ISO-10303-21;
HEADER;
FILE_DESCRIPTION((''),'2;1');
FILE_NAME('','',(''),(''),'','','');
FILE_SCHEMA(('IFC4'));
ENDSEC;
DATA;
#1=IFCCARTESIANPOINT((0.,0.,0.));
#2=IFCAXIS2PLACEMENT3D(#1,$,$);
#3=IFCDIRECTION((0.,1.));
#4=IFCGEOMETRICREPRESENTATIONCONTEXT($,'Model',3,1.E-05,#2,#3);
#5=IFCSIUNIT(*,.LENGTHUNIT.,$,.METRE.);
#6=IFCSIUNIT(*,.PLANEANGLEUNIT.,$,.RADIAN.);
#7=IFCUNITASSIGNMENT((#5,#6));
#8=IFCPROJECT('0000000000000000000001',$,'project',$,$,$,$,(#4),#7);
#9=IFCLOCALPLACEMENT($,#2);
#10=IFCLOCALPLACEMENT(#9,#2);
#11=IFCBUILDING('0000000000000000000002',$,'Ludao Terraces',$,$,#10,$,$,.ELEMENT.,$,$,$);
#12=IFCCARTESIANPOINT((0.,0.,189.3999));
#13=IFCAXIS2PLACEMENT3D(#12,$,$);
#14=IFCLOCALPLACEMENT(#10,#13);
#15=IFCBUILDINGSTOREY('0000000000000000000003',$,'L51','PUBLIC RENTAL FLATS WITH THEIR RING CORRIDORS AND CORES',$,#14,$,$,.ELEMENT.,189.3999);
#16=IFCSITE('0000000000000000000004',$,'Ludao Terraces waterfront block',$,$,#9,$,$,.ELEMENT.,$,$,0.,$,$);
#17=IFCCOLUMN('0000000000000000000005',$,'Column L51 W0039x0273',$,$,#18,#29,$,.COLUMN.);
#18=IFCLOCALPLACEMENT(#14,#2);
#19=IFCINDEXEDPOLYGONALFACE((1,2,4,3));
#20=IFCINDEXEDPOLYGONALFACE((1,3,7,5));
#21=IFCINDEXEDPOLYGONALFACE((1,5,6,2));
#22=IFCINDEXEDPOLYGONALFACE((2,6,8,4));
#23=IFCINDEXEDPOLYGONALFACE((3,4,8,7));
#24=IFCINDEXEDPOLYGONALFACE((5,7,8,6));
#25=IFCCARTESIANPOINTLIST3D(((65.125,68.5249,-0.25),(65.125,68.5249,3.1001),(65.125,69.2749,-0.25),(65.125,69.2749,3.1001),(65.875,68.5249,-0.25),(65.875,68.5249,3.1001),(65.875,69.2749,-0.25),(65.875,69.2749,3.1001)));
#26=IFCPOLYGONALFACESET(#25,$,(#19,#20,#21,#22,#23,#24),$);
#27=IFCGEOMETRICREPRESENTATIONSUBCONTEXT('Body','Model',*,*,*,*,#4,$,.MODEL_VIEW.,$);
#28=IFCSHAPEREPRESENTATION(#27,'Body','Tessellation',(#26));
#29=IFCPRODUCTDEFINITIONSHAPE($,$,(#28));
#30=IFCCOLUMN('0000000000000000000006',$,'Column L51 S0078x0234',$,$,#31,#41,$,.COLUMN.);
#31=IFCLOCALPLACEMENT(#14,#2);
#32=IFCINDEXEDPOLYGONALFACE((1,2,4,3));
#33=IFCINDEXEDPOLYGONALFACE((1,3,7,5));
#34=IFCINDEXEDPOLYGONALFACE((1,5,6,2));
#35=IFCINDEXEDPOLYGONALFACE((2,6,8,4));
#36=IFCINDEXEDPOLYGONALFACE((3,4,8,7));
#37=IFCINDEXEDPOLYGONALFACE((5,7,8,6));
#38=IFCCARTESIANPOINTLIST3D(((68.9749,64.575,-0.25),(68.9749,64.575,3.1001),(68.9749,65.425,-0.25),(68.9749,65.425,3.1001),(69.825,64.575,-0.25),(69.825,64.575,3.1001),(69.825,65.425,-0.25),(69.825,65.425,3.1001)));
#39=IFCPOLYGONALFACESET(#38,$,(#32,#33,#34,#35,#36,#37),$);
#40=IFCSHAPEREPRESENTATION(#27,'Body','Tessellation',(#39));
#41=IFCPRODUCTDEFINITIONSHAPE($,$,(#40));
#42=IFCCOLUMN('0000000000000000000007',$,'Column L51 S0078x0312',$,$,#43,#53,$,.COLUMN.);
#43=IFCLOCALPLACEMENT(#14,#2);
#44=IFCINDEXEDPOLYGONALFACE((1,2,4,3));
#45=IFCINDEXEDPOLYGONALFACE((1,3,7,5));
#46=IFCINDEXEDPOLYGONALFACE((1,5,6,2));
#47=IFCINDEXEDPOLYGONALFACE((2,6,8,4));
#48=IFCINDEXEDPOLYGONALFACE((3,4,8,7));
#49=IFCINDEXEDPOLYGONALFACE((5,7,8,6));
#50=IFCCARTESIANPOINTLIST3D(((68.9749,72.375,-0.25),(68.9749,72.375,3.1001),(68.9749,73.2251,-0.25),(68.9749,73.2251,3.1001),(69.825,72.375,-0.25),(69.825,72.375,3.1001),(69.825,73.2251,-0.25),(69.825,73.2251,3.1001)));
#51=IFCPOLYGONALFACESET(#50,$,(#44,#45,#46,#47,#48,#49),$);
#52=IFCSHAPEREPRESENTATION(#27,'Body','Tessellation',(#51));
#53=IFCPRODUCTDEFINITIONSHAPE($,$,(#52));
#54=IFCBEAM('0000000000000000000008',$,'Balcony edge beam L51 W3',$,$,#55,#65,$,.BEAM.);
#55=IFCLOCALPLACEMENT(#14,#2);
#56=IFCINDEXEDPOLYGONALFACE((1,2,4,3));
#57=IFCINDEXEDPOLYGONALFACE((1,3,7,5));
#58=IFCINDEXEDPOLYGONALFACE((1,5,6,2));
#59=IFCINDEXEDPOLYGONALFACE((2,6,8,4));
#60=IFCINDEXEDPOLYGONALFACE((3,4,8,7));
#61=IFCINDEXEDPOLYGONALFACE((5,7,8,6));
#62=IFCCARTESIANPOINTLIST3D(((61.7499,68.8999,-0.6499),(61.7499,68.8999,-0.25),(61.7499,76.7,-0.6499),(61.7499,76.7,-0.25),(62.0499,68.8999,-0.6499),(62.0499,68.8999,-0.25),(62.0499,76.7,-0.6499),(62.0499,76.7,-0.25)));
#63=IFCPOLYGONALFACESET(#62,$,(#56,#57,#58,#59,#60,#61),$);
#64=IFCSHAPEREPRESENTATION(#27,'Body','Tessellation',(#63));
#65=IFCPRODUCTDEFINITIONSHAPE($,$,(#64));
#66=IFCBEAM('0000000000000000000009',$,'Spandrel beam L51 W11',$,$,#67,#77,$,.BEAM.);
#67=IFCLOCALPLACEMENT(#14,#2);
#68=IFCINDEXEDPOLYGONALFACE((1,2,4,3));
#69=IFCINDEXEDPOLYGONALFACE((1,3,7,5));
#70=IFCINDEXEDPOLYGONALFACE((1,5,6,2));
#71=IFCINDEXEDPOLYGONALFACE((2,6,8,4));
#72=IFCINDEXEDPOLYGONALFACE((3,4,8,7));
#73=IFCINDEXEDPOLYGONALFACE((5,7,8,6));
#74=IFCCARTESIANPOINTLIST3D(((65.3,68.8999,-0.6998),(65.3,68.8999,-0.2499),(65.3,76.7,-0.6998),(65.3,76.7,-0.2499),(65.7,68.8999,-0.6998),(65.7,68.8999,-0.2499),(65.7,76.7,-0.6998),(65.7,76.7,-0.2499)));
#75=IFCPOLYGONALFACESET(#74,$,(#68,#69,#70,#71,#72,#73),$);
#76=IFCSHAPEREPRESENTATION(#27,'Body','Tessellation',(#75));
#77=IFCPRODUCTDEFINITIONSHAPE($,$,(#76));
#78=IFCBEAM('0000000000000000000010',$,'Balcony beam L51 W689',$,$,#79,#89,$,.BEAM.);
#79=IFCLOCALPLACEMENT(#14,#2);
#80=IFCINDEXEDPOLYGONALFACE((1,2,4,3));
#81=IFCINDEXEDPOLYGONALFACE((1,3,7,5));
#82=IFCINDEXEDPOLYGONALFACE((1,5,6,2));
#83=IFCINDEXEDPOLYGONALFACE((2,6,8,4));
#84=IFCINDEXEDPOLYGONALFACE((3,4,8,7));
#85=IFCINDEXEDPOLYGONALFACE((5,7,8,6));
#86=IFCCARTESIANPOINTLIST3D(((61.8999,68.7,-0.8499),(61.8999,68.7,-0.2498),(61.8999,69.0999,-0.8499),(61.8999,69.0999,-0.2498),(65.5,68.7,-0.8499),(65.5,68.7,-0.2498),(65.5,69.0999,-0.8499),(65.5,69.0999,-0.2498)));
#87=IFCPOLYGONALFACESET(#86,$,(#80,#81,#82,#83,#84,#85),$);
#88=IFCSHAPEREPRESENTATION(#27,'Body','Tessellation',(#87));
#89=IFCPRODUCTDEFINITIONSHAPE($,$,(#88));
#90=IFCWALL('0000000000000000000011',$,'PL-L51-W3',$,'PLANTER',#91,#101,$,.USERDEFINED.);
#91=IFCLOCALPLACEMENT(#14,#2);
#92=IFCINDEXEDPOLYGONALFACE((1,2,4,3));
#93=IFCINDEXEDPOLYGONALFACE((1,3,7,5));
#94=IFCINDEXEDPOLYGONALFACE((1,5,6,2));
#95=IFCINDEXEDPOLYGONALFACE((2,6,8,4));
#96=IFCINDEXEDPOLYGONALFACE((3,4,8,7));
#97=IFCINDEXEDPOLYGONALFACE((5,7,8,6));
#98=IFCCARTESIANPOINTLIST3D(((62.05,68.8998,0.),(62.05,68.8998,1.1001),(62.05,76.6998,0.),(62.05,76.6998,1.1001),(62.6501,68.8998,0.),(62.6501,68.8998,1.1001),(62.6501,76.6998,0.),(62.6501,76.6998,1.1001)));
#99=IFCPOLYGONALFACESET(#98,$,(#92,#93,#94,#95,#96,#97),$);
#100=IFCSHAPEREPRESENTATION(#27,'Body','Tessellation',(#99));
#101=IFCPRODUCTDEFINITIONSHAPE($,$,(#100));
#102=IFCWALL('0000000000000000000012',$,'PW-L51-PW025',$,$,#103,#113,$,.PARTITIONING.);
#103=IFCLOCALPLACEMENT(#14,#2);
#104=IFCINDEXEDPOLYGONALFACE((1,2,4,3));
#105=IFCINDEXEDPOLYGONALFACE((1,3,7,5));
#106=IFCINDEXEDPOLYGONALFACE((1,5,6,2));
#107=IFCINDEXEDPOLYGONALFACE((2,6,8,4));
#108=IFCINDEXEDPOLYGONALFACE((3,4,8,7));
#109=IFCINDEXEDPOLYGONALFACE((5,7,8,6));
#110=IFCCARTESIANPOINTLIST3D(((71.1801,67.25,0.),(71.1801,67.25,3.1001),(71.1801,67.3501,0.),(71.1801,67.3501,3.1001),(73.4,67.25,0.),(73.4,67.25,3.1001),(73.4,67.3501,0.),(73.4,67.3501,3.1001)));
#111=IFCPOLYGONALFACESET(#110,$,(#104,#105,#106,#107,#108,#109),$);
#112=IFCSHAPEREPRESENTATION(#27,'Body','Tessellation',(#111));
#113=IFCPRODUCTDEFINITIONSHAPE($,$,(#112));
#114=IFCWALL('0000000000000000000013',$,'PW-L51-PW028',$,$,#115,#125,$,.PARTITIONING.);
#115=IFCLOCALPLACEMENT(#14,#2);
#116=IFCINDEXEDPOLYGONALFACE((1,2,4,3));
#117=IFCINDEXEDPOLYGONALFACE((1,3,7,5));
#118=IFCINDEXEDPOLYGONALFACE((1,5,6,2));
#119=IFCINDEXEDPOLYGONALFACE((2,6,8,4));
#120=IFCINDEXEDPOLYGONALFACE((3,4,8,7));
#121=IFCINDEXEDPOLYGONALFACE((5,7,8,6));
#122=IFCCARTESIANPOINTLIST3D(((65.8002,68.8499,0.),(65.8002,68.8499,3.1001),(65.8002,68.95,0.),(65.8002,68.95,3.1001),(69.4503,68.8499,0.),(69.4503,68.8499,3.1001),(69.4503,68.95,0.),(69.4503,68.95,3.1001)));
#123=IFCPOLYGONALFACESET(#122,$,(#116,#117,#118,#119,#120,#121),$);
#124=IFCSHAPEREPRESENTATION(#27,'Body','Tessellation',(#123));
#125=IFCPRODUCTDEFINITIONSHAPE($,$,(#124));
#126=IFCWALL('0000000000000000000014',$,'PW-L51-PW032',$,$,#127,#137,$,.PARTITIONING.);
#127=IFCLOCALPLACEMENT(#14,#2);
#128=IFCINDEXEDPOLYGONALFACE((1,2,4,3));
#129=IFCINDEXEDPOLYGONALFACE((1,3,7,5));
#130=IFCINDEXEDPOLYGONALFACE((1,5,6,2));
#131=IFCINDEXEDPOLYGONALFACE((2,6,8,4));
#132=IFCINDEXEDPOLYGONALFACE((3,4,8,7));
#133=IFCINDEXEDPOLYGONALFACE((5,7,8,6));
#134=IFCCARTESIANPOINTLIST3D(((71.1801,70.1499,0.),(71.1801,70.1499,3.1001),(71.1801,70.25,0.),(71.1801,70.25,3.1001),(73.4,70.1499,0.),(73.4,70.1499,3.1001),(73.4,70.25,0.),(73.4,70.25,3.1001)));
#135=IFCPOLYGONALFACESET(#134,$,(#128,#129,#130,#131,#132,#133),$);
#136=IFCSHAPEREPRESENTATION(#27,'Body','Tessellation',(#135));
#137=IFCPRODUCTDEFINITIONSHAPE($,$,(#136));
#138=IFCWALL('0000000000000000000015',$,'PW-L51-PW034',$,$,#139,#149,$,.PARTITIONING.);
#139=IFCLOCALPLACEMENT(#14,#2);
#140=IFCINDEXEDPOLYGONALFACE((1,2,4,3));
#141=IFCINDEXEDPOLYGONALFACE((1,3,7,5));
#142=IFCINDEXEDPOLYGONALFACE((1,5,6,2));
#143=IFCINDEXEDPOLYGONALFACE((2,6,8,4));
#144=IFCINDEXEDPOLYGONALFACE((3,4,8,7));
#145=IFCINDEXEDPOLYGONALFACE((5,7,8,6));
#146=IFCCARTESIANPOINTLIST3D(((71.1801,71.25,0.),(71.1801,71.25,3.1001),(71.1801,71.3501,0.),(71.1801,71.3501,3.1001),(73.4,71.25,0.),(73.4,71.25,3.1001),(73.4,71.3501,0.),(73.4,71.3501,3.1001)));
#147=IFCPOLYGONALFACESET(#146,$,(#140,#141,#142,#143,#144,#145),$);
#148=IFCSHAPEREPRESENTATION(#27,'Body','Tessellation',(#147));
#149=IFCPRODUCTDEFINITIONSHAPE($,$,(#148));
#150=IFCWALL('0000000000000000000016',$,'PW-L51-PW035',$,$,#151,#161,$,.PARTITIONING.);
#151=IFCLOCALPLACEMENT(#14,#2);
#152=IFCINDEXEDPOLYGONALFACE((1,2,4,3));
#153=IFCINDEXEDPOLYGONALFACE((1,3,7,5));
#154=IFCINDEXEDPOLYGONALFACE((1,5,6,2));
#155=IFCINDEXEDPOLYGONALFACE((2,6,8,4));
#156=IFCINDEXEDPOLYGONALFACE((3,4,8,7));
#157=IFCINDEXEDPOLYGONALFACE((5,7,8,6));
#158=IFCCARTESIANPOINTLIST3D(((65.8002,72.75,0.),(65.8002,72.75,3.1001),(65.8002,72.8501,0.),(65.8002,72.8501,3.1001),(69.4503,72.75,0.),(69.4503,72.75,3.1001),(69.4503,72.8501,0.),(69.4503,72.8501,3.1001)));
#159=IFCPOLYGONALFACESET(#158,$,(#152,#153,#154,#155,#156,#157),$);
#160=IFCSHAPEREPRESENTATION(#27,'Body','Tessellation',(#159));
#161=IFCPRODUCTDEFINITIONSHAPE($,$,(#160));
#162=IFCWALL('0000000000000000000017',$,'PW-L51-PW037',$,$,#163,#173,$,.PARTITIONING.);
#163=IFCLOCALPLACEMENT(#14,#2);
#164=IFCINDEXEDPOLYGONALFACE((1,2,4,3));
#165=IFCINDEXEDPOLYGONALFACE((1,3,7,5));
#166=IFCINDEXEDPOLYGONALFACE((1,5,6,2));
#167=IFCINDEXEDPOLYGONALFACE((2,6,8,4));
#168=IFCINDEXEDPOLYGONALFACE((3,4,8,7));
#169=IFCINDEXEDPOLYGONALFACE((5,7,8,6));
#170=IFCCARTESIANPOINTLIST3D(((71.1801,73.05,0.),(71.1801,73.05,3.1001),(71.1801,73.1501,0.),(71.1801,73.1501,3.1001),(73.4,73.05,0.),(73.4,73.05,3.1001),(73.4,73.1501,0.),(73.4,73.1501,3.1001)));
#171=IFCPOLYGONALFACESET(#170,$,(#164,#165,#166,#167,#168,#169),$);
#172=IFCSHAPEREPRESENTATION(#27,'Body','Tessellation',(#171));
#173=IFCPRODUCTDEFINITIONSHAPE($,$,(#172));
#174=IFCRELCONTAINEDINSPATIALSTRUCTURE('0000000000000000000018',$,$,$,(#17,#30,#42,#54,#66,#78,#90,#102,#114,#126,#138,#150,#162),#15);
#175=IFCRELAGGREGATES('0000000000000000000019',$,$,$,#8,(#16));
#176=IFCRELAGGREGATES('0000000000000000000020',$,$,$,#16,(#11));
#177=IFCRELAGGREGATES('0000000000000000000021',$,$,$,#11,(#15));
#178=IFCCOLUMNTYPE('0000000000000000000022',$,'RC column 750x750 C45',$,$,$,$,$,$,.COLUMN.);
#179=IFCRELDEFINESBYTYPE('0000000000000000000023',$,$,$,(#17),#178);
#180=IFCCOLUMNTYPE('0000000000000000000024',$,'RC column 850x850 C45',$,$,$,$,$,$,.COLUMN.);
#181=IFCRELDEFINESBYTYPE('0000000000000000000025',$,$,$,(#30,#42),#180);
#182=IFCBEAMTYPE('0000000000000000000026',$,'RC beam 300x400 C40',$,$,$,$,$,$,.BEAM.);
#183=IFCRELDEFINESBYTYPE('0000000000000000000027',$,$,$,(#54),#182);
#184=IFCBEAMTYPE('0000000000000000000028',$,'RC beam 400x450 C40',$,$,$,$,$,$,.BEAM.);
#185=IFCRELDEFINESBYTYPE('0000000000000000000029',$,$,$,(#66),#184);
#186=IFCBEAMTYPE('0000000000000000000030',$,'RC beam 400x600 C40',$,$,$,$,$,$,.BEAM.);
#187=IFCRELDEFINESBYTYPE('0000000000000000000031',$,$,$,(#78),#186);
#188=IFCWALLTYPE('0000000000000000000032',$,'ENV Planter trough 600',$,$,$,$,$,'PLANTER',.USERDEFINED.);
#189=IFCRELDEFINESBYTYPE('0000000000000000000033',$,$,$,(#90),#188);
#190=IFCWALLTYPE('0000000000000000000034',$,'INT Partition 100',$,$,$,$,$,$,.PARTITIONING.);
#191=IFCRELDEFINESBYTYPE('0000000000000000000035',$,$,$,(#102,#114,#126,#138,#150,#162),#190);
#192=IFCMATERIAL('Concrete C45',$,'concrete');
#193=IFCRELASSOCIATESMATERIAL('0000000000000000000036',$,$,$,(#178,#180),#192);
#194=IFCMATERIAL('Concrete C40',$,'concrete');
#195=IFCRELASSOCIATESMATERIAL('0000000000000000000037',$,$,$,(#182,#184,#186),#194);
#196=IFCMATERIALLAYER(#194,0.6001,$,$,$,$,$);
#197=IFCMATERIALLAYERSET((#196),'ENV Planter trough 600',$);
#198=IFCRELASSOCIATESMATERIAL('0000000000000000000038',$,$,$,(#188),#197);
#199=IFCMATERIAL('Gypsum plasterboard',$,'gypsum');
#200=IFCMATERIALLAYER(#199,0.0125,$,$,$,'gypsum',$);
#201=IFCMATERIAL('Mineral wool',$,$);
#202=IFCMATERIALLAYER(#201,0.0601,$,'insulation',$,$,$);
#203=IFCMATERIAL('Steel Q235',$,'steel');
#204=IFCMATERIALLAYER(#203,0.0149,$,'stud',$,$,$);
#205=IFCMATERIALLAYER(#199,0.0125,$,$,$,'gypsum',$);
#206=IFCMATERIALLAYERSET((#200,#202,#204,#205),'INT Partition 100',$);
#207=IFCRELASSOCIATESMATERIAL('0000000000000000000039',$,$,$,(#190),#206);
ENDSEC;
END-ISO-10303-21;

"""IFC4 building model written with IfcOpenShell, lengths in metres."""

from ifc_helpers import new_model, si_unit, direction, frame, frame_2d, origin, origin_2d, place, context, subcontext, project, spatial, rectangle, extrude, material, layer, layer_set, material_profile, profile_set, type_object, element, save


model = new_model("IFC4")

# Units and contexts
model_context = context("Model", 3, precision=1e-05, world=origin(), true_north=direction((0.0, 1.0)))
body_context = subcontext(model_context, "Body", "Model", "MODEL_VIEW")
ifc_project = project(units=[si_unit("LENGTHUNIT", "METRE"), si_unit("PLANEANGLEUNIT", "RADIAN")], contexts=[model_context])

# Site, building, storey
site_placement = place(None, origin())
site = spatial("IfcSite", under=ifc_project, at=site_placement, Name="Ludao Terraces waterfront block", CompositionType="ELEMENT", RefElevation=0.0)
building_placement = place(site_placement, origin())
building = spatial("IfcBuilding", under=site, at=building_placement, Name="Ludao Terraces", CompositionType="ELEMENT")
storey_placement = place(building_placement, frame((0.0, 0.0, 189.3999)))
storey = spatial("IfcBuildingStorey", under=building, at=storey_placement, Name="L51", Description="PUBLIC RENTAL FLATS WITH THEIR RING CORRIDORS AND CORES", CompositionType="ELEMENT", Elevation=189.3999)

# Columns
ifc_material_1 = material(Name="Concrete C45", Category="concrete")
ifc_material_profile_1 = material_profile(ifc_material_1, rectangle(XDim=0.75, YDim=0.75, at=origin_2d()), Name="750 X 750")
ifc_profile_set_1 = profile_set([ifc_material_profile_1], Name="Concrete C45")
column_type_1 = type_object("IfcColumnType", Name="RC column 750x750 C45", PredefinedType="COLUMN", material=ifc_profile_set_1)
column_placement = place(storey_placement, frame((65.5, 68.8999, -0.25), z_axis=(0.0, 0.0, 1.0), x_axis=(1.0, 0.0, 0.0)))
element("IfcColumn", 1, at=column_placement, inside=storey, type_object=column_type_1, Name="Column L51 W0039x0273", PredefinedType="COLUMN", context=body_context, shape_type="SweptSolid", body=[
    extrude(rectangle(XDim=0.75, YDim=0.75, at=origin_2d()), origin(), (0.0, 0.0, 1.0), 3.3501),
])
ifc_material_profile_2 = material_profile(ifc_material_1, rectangle(XDim=0.8501, YDim=0.8501, at=origin_2d()), Name="850 X 850")
ifc_profile_set_2 = profile_set([ifc_material_profile_2], Name="Concrete C45")
column_type_2 = type_object("IfcColumnType", Name="RC column 850x850 C45", PredefinedType="COLUMN", material=ifc_profile_set_2)
for number, where, z_axis, x_axis, name in (
    (2, (69.3999, 65.0, -0.25), (0.0, 0.0, 1.0), (1.0, 0.0, 0.0), "Column L51 S0078x0234"),
    (3, (69.3999, 72.8, -0.25), (0.0, 0.0, 1.0), (1.0, 0.0, 0.0), "Column L51 S0078x0312"),
):
    element("IfcColumn", number, at=place(storey_placement, frame(where, z_axis=z_axis, x_axis=x_axis)), inside=storey, type_object=column_type_2, Name=name, PredefinedType="COLUMN", context=body_context, shape_type="SweptSolid", body=[
        extrude(rectangle(XDim=0.8501, YDim=0.8501, at=origin_2d()), origin(), (0.0, 0.0, 1.0), 3.3501),
    ])

# Beams
ifc_material_2 = material(Name="Concrete C40", Category="concrete")
ifc_material_profile_3 = material_profile(ifc_material_2, rectangle(XDim=0.3, YDim=0.3999, at=origin_2d()), Name="300 X 400")
ifc_profile_set_3 = profile_set([ifc_material_profile_3], Name="Concrete C40")
beam_type_1 = type_object("IfcBeamType", Name="RC beam 300x400 C40", PredefinedType="BEAM", material=ifc_profile_set_3)
beam_1_placement = place(storey_placement, frame((61.8999, 68.8999, -0.45), z_axis=(0.0, 1.0, 0.0), x_axis=(-1.0, 0.0, 0.0)))
element("IfcBeam", 4, at=beam_1_placement, inside=storey, type_object=beam_type_1, Name="Balcony edge beam L51 W3", PredefinedType="BEAM", context=body_context, shape_type="SweptSolid", body=[
    extrude(rectangle(XDim=0.3, YDim=0.3999, at=origin_2d()), origin(), (0.0, 0.0, 1.0), 7.8),
])
ifc_material_profile_4 = material_profile(ifc_material_2, rectangle(XDim=0.3999, YDim=0.45, at=origin_2d()), Name="400 X 450")
ifc_profile_set_4 = profile_set([ifc_material_profile_4], Name="Concrete C40")
beam_type_2 = type_object("IfcBeamType", Name="RC beam 400x450 C40", PredefinedType="BEAM", material=ifc_profile_set_4)
beam_2_placement = place(storey_placement, frame((65.5, 68.8999, -0.4749), z_axis=(0.0, 1.0, 0.0), x_axis=(-1.0, 0.0, 0.0)))
element("IfcBeam", 5, at=beam_2_placement, inside=storey, type_object=beam_type_2, Name="Spandrel beam L51 W11", PredefinedType="BEAM", context=body_context, shape_type="SweptSolid", body=[
    extrude(rectangle(XDim=0.3999, YDim=0.45, at=origin_2d()), origin(), (0.0, 0.0, 1.0), 7.8),
])
ifc_material_profile_5 = material_profile(ifc_material_2, rectangle(XDim=0.3999, YDim=0.6001, at=origin_2d()), Name="400 X 600")
ifc_profile_set_5 = profile_set([ifc_material_profile_5], Name="Concrete C40")
beam_type_3 = type_object("IfcBeamType", Name="RC beam 400x600 C40", PredefinedType="BEAM", material=ifc_profile_set_5)
beam_3_placement = place(storey_placement, frame((65.5, 68.8999, -0.5498), z_axis=(-1.0, 0.0, 0.0), x_axis=(0.0, -1.0, 0.0)))
element("IfcBeam", 6, at=beam_3_placement, inside=storey, type_object=beam_type_3, Name="Balcony beam L51 W689", PredefinedType="BEAM", context=body_context, shape_type="SweptSolid", body=[
    extrude(rectangle(XDim=0.3999, YDim=0.6001, at=origin_2d()), origin(), (0.0, 0.0, 1.0), 3.6001),
])

# Wall
ifc_layer_1 = layer(ifc_material_2, 0.6001)
ifc_layer_set_1 = layer_set([ifc_layer_1], Name="ENV Planter trough 600")
wall_type_1 = type_object("IfcWallType", Name="ENV Planter trough 600", ElementType="PLANTER", PredefinedType="USERDEFINED", material=ifc_layer_set_1)
wall_1_placement = place(storey_placement, frame((62.3501, 68.8999, 0.0), z_axis=(0.0, 0.0, 1.0), x_axis=(0.0, 1.0, 0.0)))
element("IfcWall", 7, at=wall_1_placement, inside=storey, type_object=wall_type_1, Name="PL-L51-W3", ObjectType="PLANTER", PredefinedType="USERDEFINED", context=body_context, shape_type="SweptSolid", body=[
    extrude(rectangle(XDim=7.8, YDim=0.6001, at=frame_2d((3.8999, 0.0))), origin(), (0.0, 0.0, 1.0), 1.1001),
])

# Shared definitions
ifc_material_3 = material(Name="Mineral wool")

# Walls
ifc_material_4 = material(Name="Gypsum plasterboard", Category="gypsum")
ifc_layer_2 = layer(ifc_material_4, 0.0125, Category="gypsum")
ifc_layer_3 = layer(ifc_material_3, 0.0601, Name="insulation")
ifc_material_5 = material(Name="Steel Q235", Category="steel")
ifc_layer_4 = layer(ifc_material_5, 0.0149, Name="stud")
ifc_layer_5 = layer(ifc_material_4, 0.0125, Category="gypsum")
ifc_layer_set_2 = layer_set([ifc_layer_2, ifc_layer_3, ifc_layer_4, ifc_layer_5], Name="INT Partition 100")
wall_type_2 = type_object("IfcWallType", Name="INT Partition 100", PredefinedType="PARTITIONING", material=ifc_layer_set_2)
wall_2_placement = place(storey_placement, frame((71.1802, 67.3, 0.0), z_axis=(0.0, 0.0, 1.0), x_axis=(1.0, 0.0, 0.0)))
element("IfcWall", 8, at=wall_2_placement, inside=storey, type_object=wall_type_2, Name="PW-L51-PW025", PredefinedType="PARTITIONING", context=body_context, shape_type="SweptSolid", body=[
    extrude(rectangle(XDim=2.22, YDim=0.1001, at=frame_2d((1.1099, 0.0))), origin(), (0.0, 0.0, 1.0), 3.1001),
])
wall_3_placement = place(storey_placement, frame((65.8, 68.8999, 0.0), z_axis=(0.0, 0.0, 1.0), x_axis=(1.0, 0.0, 0.0)))
element("IfcWall", 9, at=wall_3_placement, inside=storey, type_object=wall_type_2, Name="PW-L51-PW028", PredefinedType="PARTITIONING", context=body_context, shape_type="SweptSolid", body=[
    extrude(rectangle(XDim=3.6501, YDim=0.1001, at=frame_2d((1.8252, 0.0))), origin(), (0.0, 0.0, 1.0), 3.1001),
])
for number, where, z_axis, x_axis, name in (
    (10, (71.1802, 70.2, 0.0), (0.0, 0.0, 1.0), (1.0, 0.0, 0.0), "PW-L51-PW032"),
    (11, (71.1802, 71.3, 0.0), (0.0, 0.0, 1.0), (1.0, 0.0, 0.0), "PW-L51-PW034"),
):
    element("IfcWall", number, at=place(storey_placement, frame(where, z_axis=z_axis, x_axis=x_axis)), inside=storey, type_object=wall_type_2, Name=name, PredefinedType="PARTITIONING", context=body_context, shape_type="SweptSolid", body=[
        extrude(rectangle(XDim=2.22, YDim=0.1001, at=frame_2d((1.1099, 0.0))), origin(), (0.0, 0.0, 1.0), 3.1001),
    ])
wall_4_placement = place(storey_placement, frame((65.8, 72.8, 0.0), z_axis=(0.0, 0.0, 1.0), x_axis=(1.0, 0.0, 0.0)))
element("IfcWall", 12, at=wall_4_placement, inside=storey, type_object=wall_type_2, Name="PW-L51-PW035", PredefinedType="PARTITIONING", context=body_context, shape_type="SweptSolid", body=[
    extrude(rectangle(XDim=3.6501, YDim=0.1001, at=frame_2d((1.8252, 0.0))), origin(), (0.0, 0.0, 1.0), 3.1001),
])
wall_5_placement = place(storey_placement, frame((71.1802, 73.1001, 0.0), z_axis=(0.0, 0.0, 1.0), x_axis=(1.0, 0.0, 0.0)))
element("IfcWall", 13, at=wall_5_placement, inside=storey, type_object=wall_type_2, Name="PW-L51-PW037", PredefinedType="PARTITIONING", context=body_context, shape_type="SweptSolid", body=[
    extrude(rectangle(XDim=2.22, YDim=0.1001, at=frame_2d((1.1099, 0.0))), origin(), (0.0, 0.0, 1.0), 3.1001),
])

save(model, "model.ifc")
